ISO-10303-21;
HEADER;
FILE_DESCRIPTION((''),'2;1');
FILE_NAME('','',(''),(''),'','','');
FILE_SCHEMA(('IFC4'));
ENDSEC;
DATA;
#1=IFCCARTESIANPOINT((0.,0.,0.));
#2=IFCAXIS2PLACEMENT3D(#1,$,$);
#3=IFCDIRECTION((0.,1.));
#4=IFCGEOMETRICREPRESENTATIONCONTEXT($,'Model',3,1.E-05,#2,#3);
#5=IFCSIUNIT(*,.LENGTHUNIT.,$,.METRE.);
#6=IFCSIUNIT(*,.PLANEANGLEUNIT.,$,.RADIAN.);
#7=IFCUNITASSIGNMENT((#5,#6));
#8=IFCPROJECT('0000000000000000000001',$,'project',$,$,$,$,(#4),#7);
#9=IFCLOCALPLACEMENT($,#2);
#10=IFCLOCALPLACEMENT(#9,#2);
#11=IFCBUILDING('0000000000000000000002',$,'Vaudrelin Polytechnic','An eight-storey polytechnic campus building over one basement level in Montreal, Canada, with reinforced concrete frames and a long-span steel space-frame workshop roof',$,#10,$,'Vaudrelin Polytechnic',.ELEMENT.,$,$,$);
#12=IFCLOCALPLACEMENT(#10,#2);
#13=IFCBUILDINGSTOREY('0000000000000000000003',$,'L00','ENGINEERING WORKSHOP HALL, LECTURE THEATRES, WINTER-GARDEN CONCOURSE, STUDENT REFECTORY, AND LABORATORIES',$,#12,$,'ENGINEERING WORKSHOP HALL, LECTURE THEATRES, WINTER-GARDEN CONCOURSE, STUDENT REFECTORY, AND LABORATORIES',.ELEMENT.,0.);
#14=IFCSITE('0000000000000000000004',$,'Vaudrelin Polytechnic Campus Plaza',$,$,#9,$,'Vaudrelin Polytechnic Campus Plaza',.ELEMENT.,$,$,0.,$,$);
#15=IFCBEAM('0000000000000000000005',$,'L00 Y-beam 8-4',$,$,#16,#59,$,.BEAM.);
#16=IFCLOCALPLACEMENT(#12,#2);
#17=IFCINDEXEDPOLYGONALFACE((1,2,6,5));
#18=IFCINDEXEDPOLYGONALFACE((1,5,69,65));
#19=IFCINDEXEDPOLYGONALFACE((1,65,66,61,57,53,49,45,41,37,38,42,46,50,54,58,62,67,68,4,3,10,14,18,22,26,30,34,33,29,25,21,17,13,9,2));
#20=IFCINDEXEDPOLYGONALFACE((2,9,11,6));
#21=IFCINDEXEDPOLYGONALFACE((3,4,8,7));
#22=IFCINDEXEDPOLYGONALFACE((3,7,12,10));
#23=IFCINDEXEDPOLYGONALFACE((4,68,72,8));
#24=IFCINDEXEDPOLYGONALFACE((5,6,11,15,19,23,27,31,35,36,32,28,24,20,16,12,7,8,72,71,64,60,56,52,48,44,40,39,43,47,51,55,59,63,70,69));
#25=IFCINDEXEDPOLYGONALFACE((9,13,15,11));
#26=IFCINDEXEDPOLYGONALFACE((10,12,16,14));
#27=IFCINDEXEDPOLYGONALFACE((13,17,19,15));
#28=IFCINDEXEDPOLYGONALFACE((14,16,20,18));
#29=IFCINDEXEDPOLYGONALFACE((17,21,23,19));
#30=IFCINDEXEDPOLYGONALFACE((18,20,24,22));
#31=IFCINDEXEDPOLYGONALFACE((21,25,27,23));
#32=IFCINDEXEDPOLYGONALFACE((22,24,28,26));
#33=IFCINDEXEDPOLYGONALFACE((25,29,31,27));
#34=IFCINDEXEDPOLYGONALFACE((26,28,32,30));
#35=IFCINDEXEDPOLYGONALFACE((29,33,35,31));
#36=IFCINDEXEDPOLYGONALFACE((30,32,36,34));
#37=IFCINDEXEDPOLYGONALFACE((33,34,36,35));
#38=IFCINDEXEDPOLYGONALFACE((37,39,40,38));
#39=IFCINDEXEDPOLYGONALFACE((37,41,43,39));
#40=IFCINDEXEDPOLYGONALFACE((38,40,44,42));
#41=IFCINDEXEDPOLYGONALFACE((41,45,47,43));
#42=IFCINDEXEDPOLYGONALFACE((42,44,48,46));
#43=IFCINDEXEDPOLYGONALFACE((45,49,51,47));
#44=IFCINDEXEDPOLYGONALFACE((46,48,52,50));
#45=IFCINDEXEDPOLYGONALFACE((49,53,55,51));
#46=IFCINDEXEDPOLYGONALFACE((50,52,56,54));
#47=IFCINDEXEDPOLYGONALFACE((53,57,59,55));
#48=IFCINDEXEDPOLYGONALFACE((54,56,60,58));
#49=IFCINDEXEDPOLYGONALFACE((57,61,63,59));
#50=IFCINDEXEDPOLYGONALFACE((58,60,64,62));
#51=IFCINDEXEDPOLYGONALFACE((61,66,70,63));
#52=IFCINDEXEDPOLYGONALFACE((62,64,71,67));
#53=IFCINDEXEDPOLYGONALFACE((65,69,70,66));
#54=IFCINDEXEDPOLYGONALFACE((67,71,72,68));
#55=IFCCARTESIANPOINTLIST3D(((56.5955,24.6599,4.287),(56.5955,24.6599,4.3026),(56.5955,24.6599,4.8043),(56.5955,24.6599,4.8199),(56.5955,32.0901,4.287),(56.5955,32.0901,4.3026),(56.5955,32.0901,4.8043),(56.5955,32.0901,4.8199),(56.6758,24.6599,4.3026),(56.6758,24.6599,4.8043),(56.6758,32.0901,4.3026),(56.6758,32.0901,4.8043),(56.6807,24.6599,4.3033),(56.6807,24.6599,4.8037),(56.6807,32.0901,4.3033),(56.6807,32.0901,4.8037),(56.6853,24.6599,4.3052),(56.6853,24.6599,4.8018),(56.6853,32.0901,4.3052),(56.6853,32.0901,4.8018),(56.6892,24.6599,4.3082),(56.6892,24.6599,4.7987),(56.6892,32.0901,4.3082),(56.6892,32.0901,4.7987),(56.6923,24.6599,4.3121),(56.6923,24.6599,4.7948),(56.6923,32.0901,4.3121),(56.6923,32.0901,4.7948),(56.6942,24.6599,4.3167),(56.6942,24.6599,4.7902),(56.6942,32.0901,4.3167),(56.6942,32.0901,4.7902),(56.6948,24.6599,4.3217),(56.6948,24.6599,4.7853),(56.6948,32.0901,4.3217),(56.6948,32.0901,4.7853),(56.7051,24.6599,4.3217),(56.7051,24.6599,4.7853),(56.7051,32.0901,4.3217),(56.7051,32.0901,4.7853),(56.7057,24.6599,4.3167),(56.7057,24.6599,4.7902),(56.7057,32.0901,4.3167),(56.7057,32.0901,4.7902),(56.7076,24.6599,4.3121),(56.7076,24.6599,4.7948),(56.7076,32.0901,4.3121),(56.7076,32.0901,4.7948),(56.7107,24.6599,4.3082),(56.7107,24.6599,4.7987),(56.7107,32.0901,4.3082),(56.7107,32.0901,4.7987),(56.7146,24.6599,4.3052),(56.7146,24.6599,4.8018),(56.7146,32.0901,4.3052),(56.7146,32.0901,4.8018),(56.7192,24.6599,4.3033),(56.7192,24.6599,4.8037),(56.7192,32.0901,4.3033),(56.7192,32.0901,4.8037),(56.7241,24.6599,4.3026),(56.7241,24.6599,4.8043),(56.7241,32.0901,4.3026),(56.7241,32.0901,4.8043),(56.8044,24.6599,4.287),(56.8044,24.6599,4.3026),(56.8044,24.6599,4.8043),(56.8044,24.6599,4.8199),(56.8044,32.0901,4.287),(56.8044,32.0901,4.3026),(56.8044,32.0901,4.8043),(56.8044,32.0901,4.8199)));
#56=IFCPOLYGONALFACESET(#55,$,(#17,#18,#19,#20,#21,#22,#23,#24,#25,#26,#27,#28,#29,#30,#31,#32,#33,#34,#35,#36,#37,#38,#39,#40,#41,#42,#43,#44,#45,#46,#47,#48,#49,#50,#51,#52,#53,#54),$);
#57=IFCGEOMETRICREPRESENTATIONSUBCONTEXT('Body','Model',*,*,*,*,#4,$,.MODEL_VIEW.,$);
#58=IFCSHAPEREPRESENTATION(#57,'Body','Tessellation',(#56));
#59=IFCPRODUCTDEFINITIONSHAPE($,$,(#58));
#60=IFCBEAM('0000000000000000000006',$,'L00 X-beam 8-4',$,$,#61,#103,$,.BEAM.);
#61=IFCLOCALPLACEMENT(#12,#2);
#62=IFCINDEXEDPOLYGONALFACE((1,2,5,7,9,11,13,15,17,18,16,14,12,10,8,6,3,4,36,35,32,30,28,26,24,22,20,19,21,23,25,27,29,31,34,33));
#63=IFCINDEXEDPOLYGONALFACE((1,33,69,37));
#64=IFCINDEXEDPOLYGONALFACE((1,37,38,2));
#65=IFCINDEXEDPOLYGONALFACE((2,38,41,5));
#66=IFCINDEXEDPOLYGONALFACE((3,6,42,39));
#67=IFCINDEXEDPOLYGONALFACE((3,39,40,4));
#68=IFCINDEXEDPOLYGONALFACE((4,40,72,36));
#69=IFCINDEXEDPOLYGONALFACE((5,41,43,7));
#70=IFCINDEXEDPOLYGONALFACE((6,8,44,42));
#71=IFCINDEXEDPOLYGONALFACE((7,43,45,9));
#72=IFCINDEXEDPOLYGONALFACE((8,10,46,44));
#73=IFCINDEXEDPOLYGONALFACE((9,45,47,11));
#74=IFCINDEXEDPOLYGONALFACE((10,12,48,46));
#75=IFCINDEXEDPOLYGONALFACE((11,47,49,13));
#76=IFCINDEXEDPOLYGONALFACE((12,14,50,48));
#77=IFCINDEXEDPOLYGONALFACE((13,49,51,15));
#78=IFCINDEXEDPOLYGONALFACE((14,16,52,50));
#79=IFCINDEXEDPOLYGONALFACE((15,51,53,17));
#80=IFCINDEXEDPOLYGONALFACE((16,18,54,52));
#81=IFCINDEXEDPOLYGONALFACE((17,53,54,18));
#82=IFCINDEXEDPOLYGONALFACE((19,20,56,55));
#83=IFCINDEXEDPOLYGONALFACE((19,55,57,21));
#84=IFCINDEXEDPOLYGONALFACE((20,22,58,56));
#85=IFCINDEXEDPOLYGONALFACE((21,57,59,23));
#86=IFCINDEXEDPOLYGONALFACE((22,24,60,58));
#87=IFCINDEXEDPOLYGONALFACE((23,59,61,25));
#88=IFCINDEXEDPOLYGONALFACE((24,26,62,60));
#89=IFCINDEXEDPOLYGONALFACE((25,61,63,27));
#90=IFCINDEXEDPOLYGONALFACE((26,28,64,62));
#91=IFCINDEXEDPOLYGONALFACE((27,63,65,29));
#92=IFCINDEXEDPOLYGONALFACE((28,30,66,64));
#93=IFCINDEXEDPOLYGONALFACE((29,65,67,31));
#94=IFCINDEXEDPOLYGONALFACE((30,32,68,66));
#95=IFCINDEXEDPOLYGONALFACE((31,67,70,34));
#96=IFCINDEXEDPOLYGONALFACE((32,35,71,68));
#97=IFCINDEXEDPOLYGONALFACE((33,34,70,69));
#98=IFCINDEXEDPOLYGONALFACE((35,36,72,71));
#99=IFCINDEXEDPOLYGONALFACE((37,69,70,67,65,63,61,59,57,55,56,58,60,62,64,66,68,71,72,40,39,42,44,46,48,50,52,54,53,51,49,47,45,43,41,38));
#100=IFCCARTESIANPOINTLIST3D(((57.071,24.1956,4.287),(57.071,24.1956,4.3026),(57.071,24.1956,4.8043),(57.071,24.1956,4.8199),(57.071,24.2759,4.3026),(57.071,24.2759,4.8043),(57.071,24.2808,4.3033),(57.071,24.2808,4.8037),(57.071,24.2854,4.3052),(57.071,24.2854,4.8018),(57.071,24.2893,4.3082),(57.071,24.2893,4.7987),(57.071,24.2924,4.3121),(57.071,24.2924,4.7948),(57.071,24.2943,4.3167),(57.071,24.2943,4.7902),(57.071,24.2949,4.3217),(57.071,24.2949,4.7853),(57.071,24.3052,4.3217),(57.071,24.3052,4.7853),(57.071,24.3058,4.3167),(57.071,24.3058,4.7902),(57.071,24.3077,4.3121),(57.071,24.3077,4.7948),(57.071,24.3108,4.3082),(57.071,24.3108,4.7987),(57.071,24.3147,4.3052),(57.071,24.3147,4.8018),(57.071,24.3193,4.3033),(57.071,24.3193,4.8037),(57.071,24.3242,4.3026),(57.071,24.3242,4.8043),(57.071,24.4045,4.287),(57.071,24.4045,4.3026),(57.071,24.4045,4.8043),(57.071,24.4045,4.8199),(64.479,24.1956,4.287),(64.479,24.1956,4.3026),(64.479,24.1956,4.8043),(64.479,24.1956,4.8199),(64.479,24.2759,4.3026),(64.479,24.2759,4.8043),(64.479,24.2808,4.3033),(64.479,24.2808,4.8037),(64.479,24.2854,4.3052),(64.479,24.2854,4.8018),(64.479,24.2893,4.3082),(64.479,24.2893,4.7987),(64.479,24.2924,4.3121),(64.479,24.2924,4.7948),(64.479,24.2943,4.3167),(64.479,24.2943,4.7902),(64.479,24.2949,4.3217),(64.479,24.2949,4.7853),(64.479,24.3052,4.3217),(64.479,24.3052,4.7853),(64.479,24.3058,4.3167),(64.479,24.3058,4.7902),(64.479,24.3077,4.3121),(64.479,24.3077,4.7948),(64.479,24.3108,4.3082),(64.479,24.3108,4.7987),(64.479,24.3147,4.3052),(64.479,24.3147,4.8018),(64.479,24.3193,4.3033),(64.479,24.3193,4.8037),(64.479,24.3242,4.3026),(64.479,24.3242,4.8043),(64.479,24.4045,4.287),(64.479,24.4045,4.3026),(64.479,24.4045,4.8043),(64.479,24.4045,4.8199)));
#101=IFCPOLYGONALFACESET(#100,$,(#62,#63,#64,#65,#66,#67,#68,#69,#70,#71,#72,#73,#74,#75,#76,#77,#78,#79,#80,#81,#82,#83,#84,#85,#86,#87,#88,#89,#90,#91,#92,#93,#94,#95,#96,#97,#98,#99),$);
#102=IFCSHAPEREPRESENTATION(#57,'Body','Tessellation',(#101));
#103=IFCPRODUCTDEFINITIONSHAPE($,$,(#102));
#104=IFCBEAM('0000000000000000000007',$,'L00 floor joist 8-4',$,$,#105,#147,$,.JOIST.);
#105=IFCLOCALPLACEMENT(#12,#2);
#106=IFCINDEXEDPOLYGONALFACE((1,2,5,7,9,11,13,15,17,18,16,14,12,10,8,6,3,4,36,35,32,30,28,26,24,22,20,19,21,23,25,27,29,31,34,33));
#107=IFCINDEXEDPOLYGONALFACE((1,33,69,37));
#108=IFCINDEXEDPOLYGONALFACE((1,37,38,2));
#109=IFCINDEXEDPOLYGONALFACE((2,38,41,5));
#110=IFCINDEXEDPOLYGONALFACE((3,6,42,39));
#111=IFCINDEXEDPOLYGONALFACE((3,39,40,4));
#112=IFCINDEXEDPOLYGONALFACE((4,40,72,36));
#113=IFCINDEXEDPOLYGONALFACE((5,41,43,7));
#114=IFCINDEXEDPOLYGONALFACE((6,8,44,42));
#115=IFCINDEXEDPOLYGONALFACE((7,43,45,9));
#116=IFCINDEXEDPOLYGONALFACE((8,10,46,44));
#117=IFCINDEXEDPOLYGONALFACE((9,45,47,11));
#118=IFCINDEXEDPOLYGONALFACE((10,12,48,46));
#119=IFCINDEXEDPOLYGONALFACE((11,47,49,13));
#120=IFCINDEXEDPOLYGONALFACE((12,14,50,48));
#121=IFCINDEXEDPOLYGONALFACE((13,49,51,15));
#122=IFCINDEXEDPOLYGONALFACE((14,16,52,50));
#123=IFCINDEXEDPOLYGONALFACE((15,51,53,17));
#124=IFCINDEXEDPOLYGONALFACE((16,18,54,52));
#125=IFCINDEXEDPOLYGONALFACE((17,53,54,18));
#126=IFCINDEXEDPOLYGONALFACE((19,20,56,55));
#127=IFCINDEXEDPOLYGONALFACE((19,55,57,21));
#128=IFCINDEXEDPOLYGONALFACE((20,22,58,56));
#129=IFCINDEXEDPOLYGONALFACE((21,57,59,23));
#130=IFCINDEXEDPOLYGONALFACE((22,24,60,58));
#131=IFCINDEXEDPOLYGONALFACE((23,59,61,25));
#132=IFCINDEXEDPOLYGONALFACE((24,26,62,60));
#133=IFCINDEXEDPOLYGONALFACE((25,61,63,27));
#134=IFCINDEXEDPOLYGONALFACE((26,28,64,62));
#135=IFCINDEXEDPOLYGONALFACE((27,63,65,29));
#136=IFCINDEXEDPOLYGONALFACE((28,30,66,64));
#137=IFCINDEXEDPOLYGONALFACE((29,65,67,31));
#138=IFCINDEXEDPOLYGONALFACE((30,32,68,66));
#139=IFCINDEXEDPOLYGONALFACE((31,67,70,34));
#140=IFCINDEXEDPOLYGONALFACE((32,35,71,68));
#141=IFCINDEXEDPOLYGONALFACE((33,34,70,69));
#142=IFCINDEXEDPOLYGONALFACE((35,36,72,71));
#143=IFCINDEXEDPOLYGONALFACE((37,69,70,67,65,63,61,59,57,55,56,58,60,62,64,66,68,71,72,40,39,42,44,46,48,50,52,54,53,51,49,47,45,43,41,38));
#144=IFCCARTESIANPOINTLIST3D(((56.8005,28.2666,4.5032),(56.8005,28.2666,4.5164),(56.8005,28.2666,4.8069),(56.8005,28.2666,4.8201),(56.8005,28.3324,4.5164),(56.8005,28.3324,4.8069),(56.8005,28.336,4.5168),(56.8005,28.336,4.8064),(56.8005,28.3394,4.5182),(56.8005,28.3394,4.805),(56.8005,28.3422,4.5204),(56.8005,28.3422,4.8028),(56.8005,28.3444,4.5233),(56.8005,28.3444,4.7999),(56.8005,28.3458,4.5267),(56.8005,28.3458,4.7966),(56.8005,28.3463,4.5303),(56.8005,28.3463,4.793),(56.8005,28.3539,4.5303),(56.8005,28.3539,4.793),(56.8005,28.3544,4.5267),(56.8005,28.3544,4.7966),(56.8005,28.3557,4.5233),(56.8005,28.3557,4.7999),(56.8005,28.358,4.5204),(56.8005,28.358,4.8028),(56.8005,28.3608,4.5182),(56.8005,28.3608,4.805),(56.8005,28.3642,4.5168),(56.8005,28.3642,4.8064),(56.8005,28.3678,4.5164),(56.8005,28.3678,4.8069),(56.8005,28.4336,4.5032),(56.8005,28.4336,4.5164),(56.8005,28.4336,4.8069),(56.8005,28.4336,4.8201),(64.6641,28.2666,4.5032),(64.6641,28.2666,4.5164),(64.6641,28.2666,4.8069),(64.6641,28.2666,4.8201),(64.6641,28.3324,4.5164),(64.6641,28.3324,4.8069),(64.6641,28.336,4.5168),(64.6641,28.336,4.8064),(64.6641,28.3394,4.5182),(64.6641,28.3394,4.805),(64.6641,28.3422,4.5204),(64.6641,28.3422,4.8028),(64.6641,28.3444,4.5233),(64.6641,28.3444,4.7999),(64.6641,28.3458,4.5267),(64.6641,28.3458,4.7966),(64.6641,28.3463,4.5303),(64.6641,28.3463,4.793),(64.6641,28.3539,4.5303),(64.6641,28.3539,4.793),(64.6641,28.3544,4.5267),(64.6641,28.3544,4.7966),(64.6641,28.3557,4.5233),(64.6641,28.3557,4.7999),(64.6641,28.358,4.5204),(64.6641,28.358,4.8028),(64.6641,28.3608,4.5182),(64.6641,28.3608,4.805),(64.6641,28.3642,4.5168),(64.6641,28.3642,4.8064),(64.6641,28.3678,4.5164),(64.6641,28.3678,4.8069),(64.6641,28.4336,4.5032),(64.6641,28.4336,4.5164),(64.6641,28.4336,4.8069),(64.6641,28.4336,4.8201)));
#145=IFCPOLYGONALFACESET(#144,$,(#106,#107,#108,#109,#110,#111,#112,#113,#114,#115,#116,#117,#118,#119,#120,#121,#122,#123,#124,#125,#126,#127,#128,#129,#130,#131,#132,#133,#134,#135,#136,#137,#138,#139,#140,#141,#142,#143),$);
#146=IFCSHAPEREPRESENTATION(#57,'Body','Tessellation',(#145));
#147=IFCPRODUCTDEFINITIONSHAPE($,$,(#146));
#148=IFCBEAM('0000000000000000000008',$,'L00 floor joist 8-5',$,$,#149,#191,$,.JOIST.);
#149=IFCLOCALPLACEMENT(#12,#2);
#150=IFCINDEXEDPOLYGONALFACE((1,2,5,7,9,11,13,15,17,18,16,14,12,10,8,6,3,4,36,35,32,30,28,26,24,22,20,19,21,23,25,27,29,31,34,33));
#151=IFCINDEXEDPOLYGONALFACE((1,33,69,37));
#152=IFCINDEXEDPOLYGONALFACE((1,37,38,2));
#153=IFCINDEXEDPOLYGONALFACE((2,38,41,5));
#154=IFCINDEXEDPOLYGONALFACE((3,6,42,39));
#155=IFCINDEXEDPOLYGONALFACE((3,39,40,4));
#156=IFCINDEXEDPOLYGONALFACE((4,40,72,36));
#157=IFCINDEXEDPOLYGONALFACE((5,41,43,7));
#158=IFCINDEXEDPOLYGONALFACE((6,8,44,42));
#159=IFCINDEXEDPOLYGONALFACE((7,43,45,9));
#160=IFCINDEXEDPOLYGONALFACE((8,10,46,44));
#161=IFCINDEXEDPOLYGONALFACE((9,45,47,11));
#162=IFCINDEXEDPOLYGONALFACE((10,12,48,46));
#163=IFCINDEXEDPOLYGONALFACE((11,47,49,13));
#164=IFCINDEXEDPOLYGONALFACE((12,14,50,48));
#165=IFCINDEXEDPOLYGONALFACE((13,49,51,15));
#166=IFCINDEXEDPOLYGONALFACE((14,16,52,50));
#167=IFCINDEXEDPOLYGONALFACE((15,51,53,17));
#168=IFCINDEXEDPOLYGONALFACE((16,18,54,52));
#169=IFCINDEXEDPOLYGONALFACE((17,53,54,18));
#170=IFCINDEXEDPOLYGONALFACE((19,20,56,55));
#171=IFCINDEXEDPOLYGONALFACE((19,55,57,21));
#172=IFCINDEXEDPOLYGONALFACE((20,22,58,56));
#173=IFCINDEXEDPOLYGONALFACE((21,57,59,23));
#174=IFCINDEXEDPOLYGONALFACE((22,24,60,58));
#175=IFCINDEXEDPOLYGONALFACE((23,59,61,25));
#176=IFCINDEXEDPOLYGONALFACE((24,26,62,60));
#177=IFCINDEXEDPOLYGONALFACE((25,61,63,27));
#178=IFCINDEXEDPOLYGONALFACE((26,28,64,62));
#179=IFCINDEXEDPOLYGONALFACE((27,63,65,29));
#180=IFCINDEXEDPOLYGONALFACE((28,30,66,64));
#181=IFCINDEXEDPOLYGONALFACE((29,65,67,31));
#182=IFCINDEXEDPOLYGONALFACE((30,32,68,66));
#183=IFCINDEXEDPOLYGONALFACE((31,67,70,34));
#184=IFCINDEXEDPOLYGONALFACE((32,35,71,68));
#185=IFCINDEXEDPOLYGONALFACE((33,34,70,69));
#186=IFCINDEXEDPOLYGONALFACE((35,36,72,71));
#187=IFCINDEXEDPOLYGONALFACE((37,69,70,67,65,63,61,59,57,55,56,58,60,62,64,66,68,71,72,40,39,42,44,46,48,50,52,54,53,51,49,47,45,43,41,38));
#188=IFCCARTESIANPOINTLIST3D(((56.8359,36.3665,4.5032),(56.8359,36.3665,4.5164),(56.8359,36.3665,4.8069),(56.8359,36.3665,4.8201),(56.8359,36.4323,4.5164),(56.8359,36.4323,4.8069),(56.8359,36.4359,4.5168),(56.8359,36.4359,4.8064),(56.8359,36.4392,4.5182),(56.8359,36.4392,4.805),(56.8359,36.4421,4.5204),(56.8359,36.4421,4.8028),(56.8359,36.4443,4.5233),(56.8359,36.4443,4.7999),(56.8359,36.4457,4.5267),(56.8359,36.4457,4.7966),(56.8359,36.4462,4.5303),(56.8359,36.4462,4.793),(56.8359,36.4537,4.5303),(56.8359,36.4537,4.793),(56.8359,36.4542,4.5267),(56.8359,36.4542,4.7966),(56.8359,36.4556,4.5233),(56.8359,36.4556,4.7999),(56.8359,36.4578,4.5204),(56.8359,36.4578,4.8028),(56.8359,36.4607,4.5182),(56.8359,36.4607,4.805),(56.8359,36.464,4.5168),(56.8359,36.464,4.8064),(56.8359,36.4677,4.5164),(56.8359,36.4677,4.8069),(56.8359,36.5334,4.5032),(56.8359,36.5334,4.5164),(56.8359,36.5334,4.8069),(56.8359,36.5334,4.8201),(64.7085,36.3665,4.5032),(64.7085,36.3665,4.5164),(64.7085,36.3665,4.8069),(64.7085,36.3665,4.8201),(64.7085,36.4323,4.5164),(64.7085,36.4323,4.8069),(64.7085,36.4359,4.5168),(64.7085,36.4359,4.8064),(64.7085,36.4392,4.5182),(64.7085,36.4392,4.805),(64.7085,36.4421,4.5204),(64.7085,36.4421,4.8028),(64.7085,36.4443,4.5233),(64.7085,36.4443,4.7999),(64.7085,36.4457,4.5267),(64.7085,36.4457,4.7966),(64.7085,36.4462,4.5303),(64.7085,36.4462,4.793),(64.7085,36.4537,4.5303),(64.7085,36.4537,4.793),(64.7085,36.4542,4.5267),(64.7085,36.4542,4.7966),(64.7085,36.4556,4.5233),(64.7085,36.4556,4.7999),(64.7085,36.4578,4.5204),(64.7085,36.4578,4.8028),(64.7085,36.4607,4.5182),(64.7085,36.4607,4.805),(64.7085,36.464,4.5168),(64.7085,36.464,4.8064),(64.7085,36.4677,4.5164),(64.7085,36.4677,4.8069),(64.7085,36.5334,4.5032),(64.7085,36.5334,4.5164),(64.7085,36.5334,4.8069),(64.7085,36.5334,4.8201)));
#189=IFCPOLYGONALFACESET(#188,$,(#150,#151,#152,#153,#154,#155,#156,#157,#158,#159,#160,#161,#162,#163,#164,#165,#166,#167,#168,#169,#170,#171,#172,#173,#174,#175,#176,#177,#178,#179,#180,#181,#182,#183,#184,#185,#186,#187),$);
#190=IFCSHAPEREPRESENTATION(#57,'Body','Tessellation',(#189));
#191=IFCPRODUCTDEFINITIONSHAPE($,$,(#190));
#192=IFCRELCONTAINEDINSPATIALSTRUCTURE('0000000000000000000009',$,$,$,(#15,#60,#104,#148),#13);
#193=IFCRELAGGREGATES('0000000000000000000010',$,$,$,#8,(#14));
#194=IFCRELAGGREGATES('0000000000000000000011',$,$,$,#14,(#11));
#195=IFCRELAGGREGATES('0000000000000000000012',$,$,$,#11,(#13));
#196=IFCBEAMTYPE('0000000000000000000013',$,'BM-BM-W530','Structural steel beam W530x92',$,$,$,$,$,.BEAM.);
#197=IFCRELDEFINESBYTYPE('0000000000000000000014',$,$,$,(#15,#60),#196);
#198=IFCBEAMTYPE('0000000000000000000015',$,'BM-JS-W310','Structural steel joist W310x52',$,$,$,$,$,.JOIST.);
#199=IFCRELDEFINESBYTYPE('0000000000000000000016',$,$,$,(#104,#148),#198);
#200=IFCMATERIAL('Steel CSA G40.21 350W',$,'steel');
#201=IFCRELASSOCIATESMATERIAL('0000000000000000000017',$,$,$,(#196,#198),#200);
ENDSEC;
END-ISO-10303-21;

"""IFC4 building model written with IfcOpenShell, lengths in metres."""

from ifc_helpers import new_model, si_unit, direction, frame, origin, origin_2d, place, context, subcontext, project, spatial, i_section, extrude, material, material_profile, profile_set, type_object, element, save


model = new_model("IFC4")

# Units and contexts
model_context = context("Model", 3, precision=1e-05, world=origin(), true_north=direction((0.0, 1.0)))
body_context = subcontext(model_context, "Body", "Model", "MODEL_VIEW")
ifc_project = project(units=[si_unit("LENGTHUNIT", "METRE"), si_unit("PLANEANGLEUNIT", "RADIAN")], contexts=[model_context])

# Site, building, storey
site_placement = place(None, origin())
site = spatial("IfcSite", under=ifc_project, at=site_placement, Name="Vaudrelin Polytechnic Campus Plaza", LongName="Vaudrelin Polytechnic Campus Plaza", CompositionType="ELEMENT", RefElevation=0.0)
building_placement = place(site_placement, origin())
building = spatial("IfcBuilding", under=site, at=building_placement, Name="Vaudrelin Polytechnic", Description="An eight-storey polytechnic campus building over one basement level in Montreal, Canada, with reinforced concrete frames and a long-span steel space-frame workshop roof", LongName="Vaudrelin Polytechnic", CompositionType="ELEMENT")
storey_placement = place(building_placement, origin())
storey = spatial("IfcBuildingStorey", under=building, at=storey_placement, Name="L00", Description="ENGINEERING WORKSHOP HALL, LECTURE THEATRES, WINTER-GARDEN CONCOURSE, STUDENT REFECTORY, AND LABORATORIES", LongName="ENGINEERING WORKSHOP HALL, LECTURE THEATRES, WINTER-GARDEN CONCOURSE, STUDENT REFECTORY, AND LABORATORIES", CompositionType="ELEMENT", Elevation=0.0)

# Beams
ifc_material_1 = material(Name="Steel CSA G40.21 350W", Category="steel")
ifc_material_profile_1 = material_profile(ifc_material_1, i_section(OverallWidth=0.209, OverallDepth=0.533, WebThickness=0.0103, FlangeThickness=0.0156, FilletRadius=0.019, at=origin_2d()), Name="W530x92")
ifc_profile_set_1 = profile_set([ifc_material_profile_1], Name="Steel CSA G40.21 350W")
beam_type_1 = type_object("IfcBeamType", Name="BM-BM-W530", Description="Structural steel beam W530x92", PredefinedType="BEAM", material=ifc_profile_set_1)
beam_1_placement = place(storey_placement, frame((56.7, 24.6599, 4.5535), z_axis=(0.0, 1.0, 0.0), x_axis=(-1.0, 0.0, 0.0)))
element("IfcBeam", 1, at=beam_1_placement, inside=storey, type_object=beam_type_1, Name="L00 Y-beam 8-4", PredefinedType="BEAM", context=body_context, shape_type="SweptSolid", body=[
    extrude(i_section(OverallWidth=0.209, OverallDepth=0.533, WebThickness=0.0103, FlangeThickness=0.0156, FilletRadius=0.019, at=origin_2d()), origin(), (0.0, 0.0, 1.0), 7.4302),
])
beam_2_placement = place(storey_placement, frame((57.071, 24.3, 4.5535), z_axis=(1.0, 0.0, 0.0), x_axis=(0.0, 1.0, 0.0)))
element("IfcBeam", 2, at=beam_2_placement, inside=storey, type_object=beam_type_1, Name="L00 X-beam 8-4", PredefinedType="BEAM", context=body_context, shape_type="SweptSolid", body=[
    extrude(i_section(OverallWidth=0.209, OverallDepth=0.533, WebThickness=0.0103, FlangeThickness=0.0156, FilletRadius=0.019, at=origin_2d()), origin(), (0.0, 0.0, 1.0), 7.408),
])
ifc_material_profile_2 = material_profile(ifc_material_1, i_section(OverallWidth=0.167, OverallDepth=0.3169, WebThickness=0.0076, FlangeThickness=0.0132, FilletRadius=0.0139, at=origin_2d()), Name="W310x52")
ifc_profile_set_2 = profile_set([ifc_material_profile_2], Name="Steel CSA G40.21 350W")
beam_type_2 = type_object("IfcBeamType", Name="BM-JS-W310", Description="Structural steel joist W310x52", PredefinedType="JOIST", material=ifc_profile_set_2)
beam_3_placement = place(storey_placement, frame((56.8005, 28.3501, 4.6616), z_axis=(1.0, 0.0, 0.0), x_axis=(0.0, 1.0, 0.0)))
element("IfcBeam", 3, at=beam_3_placement, inside=storey, type_object=beam_type_2, Name="L00 floor joist 8-4", PredefinedType="JOIST", context=body_context, shape_type="SweptSolid", body=[
    extrude(i_section(OverallWidth=0.167, OverallDepth=0.3169, WebThickness=0.0076, FlangeThickness=0.0132, FilletRadius=0.0139, at=origin_2d()), origin(), (0.0, 0.0, 1.0), 7.8635),
])
beam_4_placement = place(storey_placement, frame((56.8359, 36.45, 4.6616), z_axis=(1.0, 0.0, 0.0), x_axis=(0.0, 1.0, 0.0)))
element("IfcBeam", 4, at=beam_4_placement, inside=storey, type_object=beam_type_2, Name="L00 floor joist 8-5", PredefinedType="JOIST", context=body_context, shape_type="SweptSolid", body=[
    extrude(i_section(OverallWidth=0.167, OverallDepth=0.3169, WebThickness=0.0076, FlangeThickness=0.0132, FilletRadius=0.0139, at=origin_2d()), origin(), (0.0, 0.0, 1.0), 7.8726),
])

save(model, "model.ifc")
